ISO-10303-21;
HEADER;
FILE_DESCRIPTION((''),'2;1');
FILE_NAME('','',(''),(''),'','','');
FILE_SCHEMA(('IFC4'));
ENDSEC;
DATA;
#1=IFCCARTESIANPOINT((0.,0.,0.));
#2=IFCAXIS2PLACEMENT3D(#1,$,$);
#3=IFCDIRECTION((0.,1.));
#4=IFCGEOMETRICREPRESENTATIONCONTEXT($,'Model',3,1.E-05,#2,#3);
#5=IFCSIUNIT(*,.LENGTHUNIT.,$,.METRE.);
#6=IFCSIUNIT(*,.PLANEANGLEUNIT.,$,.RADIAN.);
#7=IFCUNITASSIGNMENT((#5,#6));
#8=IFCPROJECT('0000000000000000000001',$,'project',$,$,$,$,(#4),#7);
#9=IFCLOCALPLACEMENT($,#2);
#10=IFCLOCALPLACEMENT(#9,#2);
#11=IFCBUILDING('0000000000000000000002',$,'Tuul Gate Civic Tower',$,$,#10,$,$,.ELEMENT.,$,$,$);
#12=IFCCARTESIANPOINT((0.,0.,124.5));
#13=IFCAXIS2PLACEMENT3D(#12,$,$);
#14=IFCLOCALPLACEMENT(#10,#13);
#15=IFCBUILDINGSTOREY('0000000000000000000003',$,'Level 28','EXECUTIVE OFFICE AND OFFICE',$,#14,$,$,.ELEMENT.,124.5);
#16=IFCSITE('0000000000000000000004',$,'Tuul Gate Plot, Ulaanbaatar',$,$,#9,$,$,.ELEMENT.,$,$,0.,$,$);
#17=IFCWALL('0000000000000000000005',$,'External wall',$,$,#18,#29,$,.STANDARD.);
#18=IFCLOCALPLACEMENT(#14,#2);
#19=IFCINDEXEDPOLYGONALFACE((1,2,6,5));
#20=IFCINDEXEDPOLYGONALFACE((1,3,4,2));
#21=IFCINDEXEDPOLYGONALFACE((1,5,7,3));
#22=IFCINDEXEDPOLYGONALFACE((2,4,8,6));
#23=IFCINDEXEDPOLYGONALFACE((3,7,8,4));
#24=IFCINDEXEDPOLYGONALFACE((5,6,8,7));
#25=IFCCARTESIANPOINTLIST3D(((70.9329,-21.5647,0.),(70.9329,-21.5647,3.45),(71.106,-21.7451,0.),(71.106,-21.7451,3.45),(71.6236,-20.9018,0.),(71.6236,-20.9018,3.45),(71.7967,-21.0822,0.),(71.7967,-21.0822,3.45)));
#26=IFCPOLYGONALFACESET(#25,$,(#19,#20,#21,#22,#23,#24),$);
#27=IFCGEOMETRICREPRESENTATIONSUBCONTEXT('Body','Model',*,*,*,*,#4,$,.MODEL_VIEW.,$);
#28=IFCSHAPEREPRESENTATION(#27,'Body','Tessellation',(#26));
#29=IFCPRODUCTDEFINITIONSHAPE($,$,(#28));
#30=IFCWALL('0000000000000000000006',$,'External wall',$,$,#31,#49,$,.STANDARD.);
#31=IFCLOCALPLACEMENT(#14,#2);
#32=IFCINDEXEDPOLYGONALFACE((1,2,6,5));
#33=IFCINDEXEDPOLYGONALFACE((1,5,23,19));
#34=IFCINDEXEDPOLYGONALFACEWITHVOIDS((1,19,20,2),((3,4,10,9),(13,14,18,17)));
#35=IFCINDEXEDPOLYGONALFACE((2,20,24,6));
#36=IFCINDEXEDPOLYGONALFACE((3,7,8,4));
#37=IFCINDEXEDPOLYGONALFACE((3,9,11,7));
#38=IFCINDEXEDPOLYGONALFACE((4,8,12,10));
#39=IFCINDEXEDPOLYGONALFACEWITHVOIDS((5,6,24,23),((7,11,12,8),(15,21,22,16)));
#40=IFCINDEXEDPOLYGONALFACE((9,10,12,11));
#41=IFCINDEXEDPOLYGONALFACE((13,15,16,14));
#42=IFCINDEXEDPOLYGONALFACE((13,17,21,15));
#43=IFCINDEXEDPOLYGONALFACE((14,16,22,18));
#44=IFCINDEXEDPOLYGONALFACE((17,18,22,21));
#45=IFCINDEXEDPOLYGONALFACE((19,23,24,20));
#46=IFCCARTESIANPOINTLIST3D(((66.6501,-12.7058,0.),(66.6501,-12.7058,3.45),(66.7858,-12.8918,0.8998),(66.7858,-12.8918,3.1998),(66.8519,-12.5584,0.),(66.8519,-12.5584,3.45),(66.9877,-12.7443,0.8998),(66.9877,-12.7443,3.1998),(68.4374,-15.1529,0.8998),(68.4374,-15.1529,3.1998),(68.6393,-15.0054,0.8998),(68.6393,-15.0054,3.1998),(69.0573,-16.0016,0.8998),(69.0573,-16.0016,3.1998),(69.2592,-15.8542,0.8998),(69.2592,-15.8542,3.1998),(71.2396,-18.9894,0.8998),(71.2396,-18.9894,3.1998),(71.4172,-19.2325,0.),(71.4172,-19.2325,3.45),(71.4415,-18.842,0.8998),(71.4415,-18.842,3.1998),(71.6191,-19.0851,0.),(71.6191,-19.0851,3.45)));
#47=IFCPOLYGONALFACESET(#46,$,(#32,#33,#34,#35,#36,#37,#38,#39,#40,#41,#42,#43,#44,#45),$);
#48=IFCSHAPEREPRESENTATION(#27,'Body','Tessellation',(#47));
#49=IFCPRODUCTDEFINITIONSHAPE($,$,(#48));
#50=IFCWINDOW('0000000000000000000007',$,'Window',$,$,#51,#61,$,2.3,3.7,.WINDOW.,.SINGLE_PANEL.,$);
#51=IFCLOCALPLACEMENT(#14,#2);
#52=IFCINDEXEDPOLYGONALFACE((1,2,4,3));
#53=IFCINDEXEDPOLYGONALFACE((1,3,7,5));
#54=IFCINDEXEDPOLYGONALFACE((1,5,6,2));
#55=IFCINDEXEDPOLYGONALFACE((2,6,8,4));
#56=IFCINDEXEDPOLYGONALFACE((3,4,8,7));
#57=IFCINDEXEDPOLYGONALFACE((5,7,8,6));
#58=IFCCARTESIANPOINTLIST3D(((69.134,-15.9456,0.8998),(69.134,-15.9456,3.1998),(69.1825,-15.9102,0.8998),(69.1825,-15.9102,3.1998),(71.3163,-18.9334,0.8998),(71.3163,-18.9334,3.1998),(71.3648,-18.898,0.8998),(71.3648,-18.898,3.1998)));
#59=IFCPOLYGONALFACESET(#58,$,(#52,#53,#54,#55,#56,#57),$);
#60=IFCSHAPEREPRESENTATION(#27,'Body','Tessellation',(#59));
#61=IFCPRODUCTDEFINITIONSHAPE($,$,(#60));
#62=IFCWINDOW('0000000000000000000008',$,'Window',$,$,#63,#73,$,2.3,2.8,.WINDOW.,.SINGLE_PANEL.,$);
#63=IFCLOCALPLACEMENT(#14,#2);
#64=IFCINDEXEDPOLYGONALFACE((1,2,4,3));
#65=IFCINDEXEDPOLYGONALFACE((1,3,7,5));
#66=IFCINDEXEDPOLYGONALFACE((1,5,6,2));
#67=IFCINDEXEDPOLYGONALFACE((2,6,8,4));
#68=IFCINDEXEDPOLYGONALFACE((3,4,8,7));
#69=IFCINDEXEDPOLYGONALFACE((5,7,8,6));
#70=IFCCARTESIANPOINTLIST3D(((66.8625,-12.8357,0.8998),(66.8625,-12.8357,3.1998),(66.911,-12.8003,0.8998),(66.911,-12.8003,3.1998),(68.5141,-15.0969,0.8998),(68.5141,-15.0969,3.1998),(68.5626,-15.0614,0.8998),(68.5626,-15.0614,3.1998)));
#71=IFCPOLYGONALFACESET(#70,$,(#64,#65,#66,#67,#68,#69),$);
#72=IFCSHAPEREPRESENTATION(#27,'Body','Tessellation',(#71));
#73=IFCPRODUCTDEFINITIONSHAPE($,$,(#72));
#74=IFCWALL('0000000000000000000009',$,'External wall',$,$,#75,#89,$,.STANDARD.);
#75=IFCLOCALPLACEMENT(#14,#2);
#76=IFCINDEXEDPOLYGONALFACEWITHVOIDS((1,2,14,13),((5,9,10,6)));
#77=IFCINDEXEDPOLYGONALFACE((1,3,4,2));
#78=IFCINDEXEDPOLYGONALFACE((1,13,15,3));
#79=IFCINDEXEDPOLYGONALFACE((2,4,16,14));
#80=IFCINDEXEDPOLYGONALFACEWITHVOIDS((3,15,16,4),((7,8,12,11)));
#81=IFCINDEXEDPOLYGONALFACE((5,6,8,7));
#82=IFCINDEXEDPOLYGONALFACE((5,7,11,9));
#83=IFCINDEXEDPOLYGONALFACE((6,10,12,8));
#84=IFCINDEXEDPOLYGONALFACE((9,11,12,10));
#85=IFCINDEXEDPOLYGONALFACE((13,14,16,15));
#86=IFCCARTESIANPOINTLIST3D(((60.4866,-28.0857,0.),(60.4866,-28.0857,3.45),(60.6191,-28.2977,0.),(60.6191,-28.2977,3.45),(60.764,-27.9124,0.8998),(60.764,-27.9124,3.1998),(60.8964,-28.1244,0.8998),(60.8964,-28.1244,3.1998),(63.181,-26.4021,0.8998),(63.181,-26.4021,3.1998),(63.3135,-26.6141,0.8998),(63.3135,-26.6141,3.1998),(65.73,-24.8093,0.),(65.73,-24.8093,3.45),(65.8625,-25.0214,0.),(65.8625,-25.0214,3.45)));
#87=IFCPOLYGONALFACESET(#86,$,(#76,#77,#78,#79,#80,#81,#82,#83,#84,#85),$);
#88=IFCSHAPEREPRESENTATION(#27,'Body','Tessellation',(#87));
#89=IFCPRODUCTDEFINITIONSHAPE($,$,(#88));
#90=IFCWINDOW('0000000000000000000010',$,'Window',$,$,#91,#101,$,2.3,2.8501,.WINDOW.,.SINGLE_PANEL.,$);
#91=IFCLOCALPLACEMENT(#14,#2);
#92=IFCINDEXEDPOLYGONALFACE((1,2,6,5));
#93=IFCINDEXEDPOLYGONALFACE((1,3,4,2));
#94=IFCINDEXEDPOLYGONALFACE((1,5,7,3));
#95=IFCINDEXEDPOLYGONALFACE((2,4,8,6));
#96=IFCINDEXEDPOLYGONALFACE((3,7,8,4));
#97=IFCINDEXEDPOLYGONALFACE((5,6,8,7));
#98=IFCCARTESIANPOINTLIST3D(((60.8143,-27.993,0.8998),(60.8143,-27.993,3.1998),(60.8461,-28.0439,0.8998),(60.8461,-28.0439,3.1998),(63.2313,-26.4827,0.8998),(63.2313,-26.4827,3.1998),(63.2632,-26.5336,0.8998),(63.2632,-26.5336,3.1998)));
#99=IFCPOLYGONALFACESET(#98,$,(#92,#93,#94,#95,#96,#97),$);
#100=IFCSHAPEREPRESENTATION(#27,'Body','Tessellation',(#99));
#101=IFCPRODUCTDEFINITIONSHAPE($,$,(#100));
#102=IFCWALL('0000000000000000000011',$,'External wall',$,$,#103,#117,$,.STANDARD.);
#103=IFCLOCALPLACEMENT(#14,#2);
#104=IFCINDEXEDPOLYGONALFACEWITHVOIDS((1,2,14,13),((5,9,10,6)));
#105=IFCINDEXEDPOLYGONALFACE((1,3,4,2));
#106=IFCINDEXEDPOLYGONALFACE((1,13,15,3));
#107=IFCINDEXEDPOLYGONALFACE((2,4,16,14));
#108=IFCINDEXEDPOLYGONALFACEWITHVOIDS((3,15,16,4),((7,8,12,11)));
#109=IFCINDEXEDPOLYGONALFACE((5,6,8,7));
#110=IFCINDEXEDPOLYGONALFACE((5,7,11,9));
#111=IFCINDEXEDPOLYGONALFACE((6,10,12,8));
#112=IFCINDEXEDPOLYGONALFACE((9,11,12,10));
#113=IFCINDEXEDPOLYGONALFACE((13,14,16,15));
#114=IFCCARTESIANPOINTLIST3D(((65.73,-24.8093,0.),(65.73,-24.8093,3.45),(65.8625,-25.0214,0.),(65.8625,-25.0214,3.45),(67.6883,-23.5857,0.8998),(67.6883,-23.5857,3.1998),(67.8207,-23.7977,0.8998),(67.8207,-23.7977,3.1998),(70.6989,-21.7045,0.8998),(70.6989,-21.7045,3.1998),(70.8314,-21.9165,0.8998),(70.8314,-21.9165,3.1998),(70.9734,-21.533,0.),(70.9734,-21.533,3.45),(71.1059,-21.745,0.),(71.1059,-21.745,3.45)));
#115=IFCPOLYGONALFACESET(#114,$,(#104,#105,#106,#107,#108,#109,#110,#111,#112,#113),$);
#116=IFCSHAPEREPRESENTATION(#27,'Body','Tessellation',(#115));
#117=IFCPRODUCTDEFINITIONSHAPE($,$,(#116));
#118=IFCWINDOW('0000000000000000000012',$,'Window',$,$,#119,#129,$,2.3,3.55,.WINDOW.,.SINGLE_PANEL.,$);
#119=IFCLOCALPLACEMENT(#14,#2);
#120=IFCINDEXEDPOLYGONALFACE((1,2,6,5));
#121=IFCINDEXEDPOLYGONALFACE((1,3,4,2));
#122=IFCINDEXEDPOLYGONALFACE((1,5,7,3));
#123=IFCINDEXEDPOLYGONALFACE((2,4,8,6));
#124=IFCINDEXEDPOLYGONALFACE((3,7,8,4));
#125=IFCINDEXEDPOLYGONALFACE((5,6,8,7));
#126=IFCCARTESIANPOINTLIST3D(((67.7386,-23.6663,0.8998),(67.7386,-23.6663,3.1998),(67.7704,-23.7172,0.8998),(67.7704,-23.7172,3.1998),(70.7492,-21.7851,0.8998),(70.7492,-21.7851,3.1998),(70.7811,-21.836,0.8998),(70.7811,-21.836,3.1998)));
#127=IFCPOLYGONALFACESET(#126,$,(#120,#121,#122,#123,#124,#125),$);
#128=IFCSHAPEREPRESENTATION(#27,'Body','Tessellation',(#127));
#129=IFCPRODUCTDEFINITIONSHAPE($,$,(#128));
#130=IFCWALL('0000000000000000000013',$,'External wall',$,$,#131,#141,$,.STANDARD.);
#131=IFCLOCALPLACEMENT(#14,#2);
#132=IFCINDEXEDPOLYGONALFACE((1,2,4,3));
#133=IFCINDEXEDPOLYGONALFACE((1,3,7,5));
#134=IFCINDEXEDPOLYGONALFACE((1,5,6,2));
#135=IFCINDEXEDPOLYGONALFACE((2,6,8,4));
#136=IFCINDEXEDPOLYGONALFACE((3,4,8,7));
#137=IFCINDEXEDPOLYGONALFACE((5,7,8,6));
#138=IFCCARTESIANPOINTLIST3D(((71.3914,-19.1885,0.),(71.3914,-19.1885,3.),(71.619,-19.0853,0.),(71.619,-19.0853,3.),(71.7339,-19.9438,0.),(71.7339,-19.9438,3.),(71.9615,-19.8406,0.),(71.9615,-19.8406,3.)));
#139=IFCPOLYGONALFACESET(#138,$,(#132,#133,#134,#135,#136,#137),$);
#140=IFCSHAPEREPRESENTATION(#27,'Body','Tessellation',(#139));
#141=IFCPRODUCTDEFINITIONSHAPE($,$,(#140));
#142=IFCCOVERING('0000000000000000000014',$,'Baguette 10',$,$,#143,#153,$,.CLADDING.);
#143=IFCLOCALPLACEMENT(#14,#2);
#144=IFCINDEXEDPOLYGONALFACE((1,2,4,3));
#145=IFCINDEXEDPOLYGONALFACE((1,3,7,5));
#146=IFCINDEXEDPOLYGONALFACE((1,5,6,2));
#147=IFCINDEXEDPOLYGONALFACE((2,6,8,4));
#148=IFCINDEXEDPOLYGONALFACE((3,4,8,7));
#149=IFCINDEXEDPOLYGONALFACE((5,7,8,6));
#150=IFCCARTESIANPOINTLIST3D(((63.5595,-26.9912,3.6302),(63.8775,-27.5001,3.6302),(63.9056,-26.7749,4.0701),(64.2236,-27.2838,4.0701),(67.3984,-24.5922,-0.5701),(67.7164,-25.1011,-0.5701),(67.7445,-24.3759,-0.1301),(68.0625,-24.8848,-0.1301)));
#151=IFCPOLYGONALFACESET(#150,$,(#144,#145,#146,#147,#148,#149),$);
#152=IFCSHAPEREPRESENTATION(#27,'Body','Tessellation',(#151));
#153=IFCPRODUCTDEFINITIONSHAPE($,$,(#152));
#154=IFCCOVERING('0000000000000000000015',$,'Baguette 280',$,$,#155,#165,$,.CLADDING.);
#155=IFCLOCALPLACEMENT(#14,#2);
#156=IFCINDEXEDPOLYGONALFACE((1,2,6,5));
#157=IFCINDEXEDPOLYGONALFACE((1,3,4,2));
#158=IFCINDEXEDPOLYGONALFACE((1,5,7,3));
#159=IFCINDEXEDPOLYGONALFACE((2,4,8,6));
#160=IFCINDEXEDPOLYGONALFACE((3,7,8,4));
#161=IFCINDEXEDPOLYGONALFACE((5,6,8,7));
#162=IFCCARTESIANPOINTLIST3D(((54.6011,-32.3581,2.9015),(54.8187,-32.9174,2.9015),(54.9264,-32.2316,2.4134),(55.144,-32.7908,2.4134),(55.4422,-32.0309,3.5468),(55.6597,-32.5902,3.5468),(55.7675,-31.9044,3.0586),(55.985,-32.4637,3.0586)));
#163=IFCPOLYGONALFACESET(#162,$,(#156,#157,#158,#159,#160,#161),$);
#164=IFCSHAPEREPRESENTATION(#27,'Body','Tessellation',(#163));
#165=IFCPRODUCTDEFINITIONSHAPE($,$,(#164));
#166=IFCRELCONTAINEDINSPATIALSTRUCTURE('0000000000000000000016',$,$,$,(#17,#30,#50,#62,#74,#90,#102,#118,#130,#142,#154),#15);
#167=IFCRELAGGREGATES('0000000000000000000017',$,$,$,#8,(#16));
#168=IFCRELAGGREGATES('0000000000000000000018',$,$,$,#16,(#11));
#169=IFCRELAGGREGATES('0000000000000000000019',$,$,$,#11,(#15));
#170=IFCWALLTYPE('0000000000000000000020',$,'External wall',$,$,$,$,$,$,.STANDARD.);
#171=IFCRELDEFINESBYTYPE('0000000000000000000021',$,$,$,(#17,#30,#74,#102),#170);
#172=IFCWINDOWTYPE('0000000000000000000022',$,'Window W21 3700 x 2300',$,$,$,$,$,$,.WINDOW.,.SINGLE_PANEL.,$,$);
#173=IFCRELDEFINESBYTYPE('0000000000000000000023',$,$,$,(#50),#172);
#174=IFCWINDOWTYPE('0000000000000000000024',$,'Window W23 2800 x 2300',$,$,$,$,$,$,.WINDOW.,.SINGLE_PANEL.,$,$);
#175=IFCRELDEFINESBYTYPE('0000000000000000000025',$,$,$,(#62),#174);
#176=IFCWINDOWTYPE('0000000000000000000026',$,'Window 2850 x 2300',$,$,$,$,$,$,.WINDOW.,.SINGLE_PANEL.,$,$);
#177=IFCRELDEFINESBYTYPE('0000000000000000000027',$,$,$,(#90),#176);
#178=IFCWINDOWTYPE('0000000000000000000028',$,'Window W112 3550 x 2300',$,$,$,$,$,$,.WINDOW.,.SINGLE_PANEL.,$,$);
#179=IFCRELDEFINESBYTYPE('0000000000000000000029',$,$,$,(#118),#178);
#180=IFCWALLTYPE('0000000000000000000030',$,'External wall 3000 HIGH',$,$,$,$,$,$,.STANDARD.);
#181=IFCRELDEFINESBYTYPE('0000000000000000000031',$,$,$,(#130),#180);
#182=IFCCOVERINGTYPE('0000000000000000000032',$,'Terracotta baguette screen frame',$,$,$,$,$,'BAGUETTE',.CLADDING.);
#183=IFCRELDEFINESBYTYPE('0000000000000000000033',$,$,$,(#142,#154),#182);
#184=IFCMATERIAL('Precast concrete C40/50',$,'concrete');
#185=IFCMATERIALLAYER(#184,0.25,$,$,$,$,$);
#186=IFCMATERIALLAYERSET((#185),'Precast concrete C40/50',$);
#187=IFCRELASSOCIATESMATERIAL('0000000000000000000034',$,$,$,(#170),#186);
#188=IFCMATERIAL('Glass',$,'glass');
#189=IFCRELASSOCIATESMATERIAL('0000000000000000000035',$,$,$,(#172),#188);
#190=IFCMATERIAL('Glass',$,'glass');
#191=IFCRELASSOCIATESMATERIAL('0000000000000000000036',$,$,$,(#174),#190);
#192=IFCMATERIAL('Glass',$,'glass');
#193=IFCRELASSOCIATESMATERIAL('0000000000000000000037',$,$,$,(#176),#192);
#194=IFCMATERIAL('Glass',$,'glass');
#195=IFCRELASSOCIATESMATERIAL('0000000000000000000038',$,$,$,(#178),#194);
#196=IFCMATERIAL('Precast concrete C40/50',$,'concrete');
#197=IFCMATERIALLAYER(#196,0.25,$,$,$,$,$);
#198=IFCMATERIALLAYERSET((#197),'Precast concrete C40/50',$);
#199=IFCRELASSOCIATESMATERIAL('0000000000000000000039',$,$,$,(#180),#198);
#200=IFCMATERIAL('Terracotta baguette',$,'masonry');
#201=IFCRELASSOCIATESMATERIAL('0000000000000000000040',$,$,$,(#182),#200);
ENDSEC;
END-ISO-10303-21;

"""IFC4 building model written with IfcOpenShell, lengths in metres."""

from ifc_helpers import new_model, si_unit, direction, frame, frame_2d, origin, origin_2d, place, context, subcontext, project, spatial, rectangle, extrude, material, layer, layer_set, material_profile, profile_set, type_object, element, fill, save


model = new_model("IFC4")

# Units and contexts
model_context = context("Model", 3, precision=1e-05, world=origin(), true_north=direction((0.0, 1.0)))
body_context = subcontext(model_context, "Body", "Model", "MODEL_VIEW")
ifc_project = project(units=[si_unit("LENGTHUNIT", "METRE"), si_unit("PLANEANGLEUNIT", "RADIAN")], contexts=[model_context])

# Site, building, storey
site_placement = place(None, origin())
site = spatial("IfcSite", under=ifc_project, at=site_placement, Name="Tuul Gate Plot, Ulaanbaatar", CompositionType="ELEMENT", RefElevation=0.0)
building_placement = place(site_placement, origin())
building = spatial("IfcBuilding", under=site, at=building_placement, Name="Tuul Gate Civic Tower", CompositionType="ELEMENT")
storey_placement = place(building_placement, frame((0.0, 0.0, 124.5)))
storey = spatial("IfcBuildingStorey", under=building, at=storey_placement, Name="Level 28", Description="EXECUTIVE OFFICE AND OFFICE", CompositionType="ELEMENT", Elevation=124.5)

# Wall
ifc_material_1 = material(Name="Precast concrete C40/50", Category="concrete")
ifc_layer_1 = layer(ifc_material_1, 0.25)
ifc_layer_set_1 = layer_set([ifc_layer_1], Name="Precast concrete C40/50")
wall_type_1 = type_object("IfcWallType", Name="External wall", PredefinedType="STANDARD", material=ifc_layer_set_1)
wall_1_placement = place(storey_placement, frame((71.0195, -21.6548, 0.0), z_axis=(0.0, 0.0, 1.0), x_axis=(0.721494, 0.69242, 0.0)))
element("IfcWall", 1, at=wall_1_placement, inside=storey, type_object=wall_type_1, Name="External wall", PredefinedType="STANDARD", context=body_context, shape_type="SweptSolid", body=[
    extrude(rectangle(XDim=0.9573, YDim=0.25, at=frame_2d((0.4785, 0.0))), origin(), (0.0, 0.0, 1.0), 3.45),
])

# Wall, openings, windows
wall_2_placement = place(storey_placement, frame((71.5181, -19.1587, 0.0), z_axis=(0.0, 0.0, 1.0), x_axis=(-0.589826, 0.80753, 0.0)))
wall_2 = element("IfcWall", 2, at=wall_2_placement, inside=storey, type_object=wall_type_1, Name="External wall", PredefinedType="STANDARD", context=body_context, shape_type="SweptSolid", body=[
    extrude(rectangle(XDim=8.0823, YDim=0.25, at=frame_2d((4.041, 0.0))), origin(), (0.0, 0.0, 1.0), 3.45),
])
opening_1_placement = place(wall_2_placement, frame((0.3008, 0.0, 0.8999)))
opening_1 = element("IfcOpeningElement", 3, at=opening_1_placement, cuts=wall_2, PredefinedType="OPENING", context=body_context, shape_type="SweptSolid", body=[
    extrude(rectangle(XDim=3.7, YDim=2.3, at=frame_2d((1.8501, 1.1499))), frame((0.0, 0.135, 0.0), z_axis=(0.0, -1.0, 0.0), x_axis=(1.0, 0.0, 0.0)), (0.0, 0.0, 1.0), 0.27),
])
opening_2_placement = place(wall_2_placement, frame((5.052, 0.0, 0.8999)))
opening_2 = element("IfcOpeningElement", 4, at=opening_2_placement, cuts=wall_2, PredefinedType="OPENING", context=body_context, shape_type="SweptSolid", body=[
    extrude(rectangle(XDim=2.8, YDim=2.3, at=frame_2d((1.3999, 1.1499))), frame((0.0, 0.135, 0.0), z_axis=(0.0, -1.0, 0.0), x_axis=(1.0, 0.0, 0.0)), (0.0, 0.0, 1.0), 0.27),
])
ifc_material_2 = material(Name="Glass", Category="glass")
window_type_1 = type_object("IfcWindowType", Name="Window W21 3700 x 2300", PartitioningType="SINGLE_PANEL", PredefinedType="WINDOW", material=ifc_material_2)
window_1_placement = place(opening_1_placement, origin())
window_1 = element("IfcWindow", 5, at=window_1_placement, inside=storey, type_object=window_type_1, Name="Window", OverallHeight=2.3, OverallWidth=3.7, PartitioningType="SINGLE_PANEL", PredefinedType="WINDOW", context=body_context, shape_type="SweptSolid", body=[
    extrude(rectangle(XDim=3.7, YDim=2.3, at=frame_2d((1.8501, 1.1499))), frame((0.0, 0.03, 0.0), z_axis=(0.0, -1.0, 0.0), x_axis=(1.0, 0.0, 0.0)), (0.0, 0.0, 1.0), 0.0601),
])
fill(opening_1, window_1)
ifc_material_3 = material(Name="Glass", Category="glass")
window_type_2 = type_object("IfcWindowType", Name="Window W23 2800 x 2300", PartitioningType="SINGLE_PANEL", PredefinedType="WINDOW", material=ifc_material_3)
window_2_placement = place(opening_2_placement, origin())
window_2 = element("IfcWindow", 6, at=window_2_placement, inside=storey, type_object=window_type_2, Name="Window", OverallHeight=2.3, OverallWidth=2.8, PartitioningType="SINGLE_PANEL", PredefinedType="WINDOW", context=body_context, shape_type="SweptSolid", body=[
    extrude(rectangle(XDim=2.8, YDim=2.3, at=frame_2d((1.3999, 1.1499))), frame((0.0, 0.03, 0.0), z_axis=(0.0, -1.0, 0.0), x_axis=(1.0, 0.0, 0.0)), (0.0, 0.0, 1.0), 0.0601),
])
fill(opening_2, window_2)

# Walls, openings, windows
wall_3_placement = place(storey_placement, frame((60.553, -28.1917, 0.0), z_axis=(0.0, 0.0, 1.0), x_axis=(0.848054, 0.52991, 0.0)))
wall_3 = element("IfcWall", 7, at=wall_3_placement, inside=storey, type_object=wall_type_1, Name="External wall", PredefinedType="STANDARD", context=body_context, shape_type="SweptSolid", body=[
    extrude(rectangle(XDim=6.1829, YDim=0.25, at=frame_2d((3.0913, 0.0))), origin(), (0.0, 0.0, 1.0), 3.45),
])
opening_3_placement = place(wall_3_placement, frame((0.3269, 0.0, 0.8999)))
opening_3 = element("IfcOpeningElement", 8, at=opening_3_placement, cuts=wall_3, PredefinedType="OPENING", context=body_context, shape_type="SweptSolid", body=[
    extrude(rectangle(XDim=2.8501, YDim=2.3, at=frame_2d((1.425, 1.1499))), frame((0.0, 0.135, 0.0), z_axis=(0.0, -1.0, 0.0), x_axis=(1.0, 0.0, 0.0)), (0.0, 0.0, 1.0), 0.27),
])
ifc_material_4 = material(Name="Glass", Category="glass")
window_type_3 = type_object("IfcWindowType", Name="Window 2850 x 2300", PartitioningType="SINGLE_PANEL", PredefinedType="WINDOW", material=ifc_material_4)
window_3_placement = place(opening_3_placement, origin())
window_3 = element("IfcWindow", 9, at=window_3_placement, inside=storey, type_object=window_type_3, Name="Window", OverallHeight=2.3, OverallWidth=2.8501, PartitioningType="SINGLE_PANEL", PredefinedType="WINDOW", context=body_context, shape_type="SweptSolid", body=[
    extrude(rectangle(XDim=2.8501, YDim=2.3, at=frame_2d((1.425, 1.1499))), frame((0.0, 0.03, 0.0), z_axis=(0.0, -1.0, 0.0), x_axis=(1.0, 0.0, 0.0)), (0.0, 0.0, 1.0), 0.0601),
])
fill(opening_3, window_3)
wall_4_placement = place(storey_placement, frame((65.7964, -24.9153, 0.0), z_axis=(0.0, 0.0, 1.0), x_axis=(0.848054, 0.52991, 0.0)))
wall_4 = element("IfcWall", 10, at=wall_4_placement, inside=storey, type_object=wall_type_1, Name="External wall", PredefinedType="STANDARD", context=body_context, shape_type="SweptSolid", body=[
    extrude(rectangle(XDim=6.1829, YDim=0.25, at=frame_2d((3.0913, 0.0))), origin(), (0.0, 0.0, 1.0), 3.45),
])
opening_4_placement = place(wall_4_placement, frame((2.3091, 0.0, 0.8999)))
opening_4 = element("IfcOpeningElement", 11, at=opening_4_placement, cuts=wall_4, PredefinedType="OPENING", context=body_context, shape_type="SweptSolid", body=[
    extrude(rectangle(XDim=3.55, YDim=2.3, at=frame_2d((1.7749, 1.1499))), frame((0.0, 0.135, 0.0), z_axis=(0.0, -1.0, 0.0), x_axis=(1.0, 0.0, 0.0)), (0.0, 0.0, 1.0), 0.27),
])
ifc_material_5 = material(Name="Glass", Category="glass")
window_type_4 = type_object("IfcWindowType", Name="Window W112 3550 x 2300", PartitioningType="SINGLE_PANEL", PredefinedType="WINDOW", material=ifc_material_5)
window_4_placement = place(opening_4_placement, origin())
window_4 = element("IfcWindow", 12, at=window_4_placement, inside=storey, type_object=window_type_4, Name="Window", OverallHeight=2.3, OverallWidth=3.55, PartitioningType="SINGLE_PANEL", PredefinedType="WINDOW", context=body_context, shape_type="SweptSolid", body=[
    extrude(rectangle(XDim=3.55, YDim=2.3, at=frame_2d((1.7749, 1.1499))), frame((0.0, 0.03, 0.0), z_axis=(0.0, -1.0, 0.0), x_axis=(1.0, 0.0, 0.0)), (0.0, 0.0, 1.0), 0.0601),
])
fill(opening_4, window_4)

# Wall
ifc_material_6 = material(Name="Precast concrete C40/50", Category="concrete")
ifc_layer_2 = layer(ifc_material_6, 0.25)
ifc_layer_set_2 = layer_set([ifc_layer_2], Name="Precast concrete C40/50")
wall_type_2 = type_object("IfcWallType", Name="External wall 3000 HIGH", PredefinedType="STANDARD", material=ifc_layer_set_2)
wall_5_placement = place(storey_placement, frame((71.8477, -19.8921, 0.0), z_axis=(0.0, 0.0, 1.0), x_axis=(-0.412982, 0.910739, 0.0)))
element("IfcWall", 13, at=wall_5_placement, inside=storey, type_object=wall_type_2, Name="External wall", PredefinedType="STANDARD", context=body_context, shape_type="SweptSolid", body=[
    extrude(rectangle(XDim=0.8293, YDim=0.25, at=frame_2d((0.4146, 0.0))), origin(), (0.0, 0.0, 1.0), 3.0),
])

# Coverings
ifc_material_7 = material(Name="Terracotta baguette", Category="masonry")
ifc_material_profile_1 = material_profile(ifc_material_7, rectangle(XDim=0.6001, YDim=0.6001, at=origin_2d()), Name="Terracotta baguette screen frame")
ifc_profile_set_1 = profile_set([ifc_material_profile_1], Name="Terracotta baguette")
covering_type = type_object("IfcCoveringType", Name="Terracotta baguette screen frame", ElementType="BAGUETTE", PredefinedType="CLADDING", material=ifc_profile_set_1)
covering_1_placement = place(storey_placement, frame((67.7305, -24.7385, -0.3501), z_axis=(-0.621656, -0.388476, 0.680169), x_axis=(0.529941, -0.848035, 0.0)))
element("IfcCovering", 14, at=covering_1_placement, inside=storey, type_object=covering_type, Name="Baguette 10", PredefinedType="CLADDING", context=body_context, shape_type="SweptSolid", body=[
    extrude(rectangle(XDim=0.6001, YDim=0.6001, at=origin_2d()), origin(), (0.0, 0.0, 1.0), 6.1753),
])
covering_2_placement = place(storey_placement, frame((54.8726, -32.5745, 2.6575), z_axis=(0.758122, 0.294886, 0.58163), x_axis=(-0.362512, 0.931979, 0.0)))
element("IfcCovering", 15, at=covering_2_placement, inside=storey, type_object=covering_type, Name="Baguette 280", PredefinedType="CLADDING", context=body_context, shape_type="SweptSolid", body=[
    extrude(rectangle(XDim=0.6001, YDim=0.6001, at=origin_2d()), origin(), (0.0, 0.0, 1.0), 1.1094),
])

save(model, "model.ifc")
